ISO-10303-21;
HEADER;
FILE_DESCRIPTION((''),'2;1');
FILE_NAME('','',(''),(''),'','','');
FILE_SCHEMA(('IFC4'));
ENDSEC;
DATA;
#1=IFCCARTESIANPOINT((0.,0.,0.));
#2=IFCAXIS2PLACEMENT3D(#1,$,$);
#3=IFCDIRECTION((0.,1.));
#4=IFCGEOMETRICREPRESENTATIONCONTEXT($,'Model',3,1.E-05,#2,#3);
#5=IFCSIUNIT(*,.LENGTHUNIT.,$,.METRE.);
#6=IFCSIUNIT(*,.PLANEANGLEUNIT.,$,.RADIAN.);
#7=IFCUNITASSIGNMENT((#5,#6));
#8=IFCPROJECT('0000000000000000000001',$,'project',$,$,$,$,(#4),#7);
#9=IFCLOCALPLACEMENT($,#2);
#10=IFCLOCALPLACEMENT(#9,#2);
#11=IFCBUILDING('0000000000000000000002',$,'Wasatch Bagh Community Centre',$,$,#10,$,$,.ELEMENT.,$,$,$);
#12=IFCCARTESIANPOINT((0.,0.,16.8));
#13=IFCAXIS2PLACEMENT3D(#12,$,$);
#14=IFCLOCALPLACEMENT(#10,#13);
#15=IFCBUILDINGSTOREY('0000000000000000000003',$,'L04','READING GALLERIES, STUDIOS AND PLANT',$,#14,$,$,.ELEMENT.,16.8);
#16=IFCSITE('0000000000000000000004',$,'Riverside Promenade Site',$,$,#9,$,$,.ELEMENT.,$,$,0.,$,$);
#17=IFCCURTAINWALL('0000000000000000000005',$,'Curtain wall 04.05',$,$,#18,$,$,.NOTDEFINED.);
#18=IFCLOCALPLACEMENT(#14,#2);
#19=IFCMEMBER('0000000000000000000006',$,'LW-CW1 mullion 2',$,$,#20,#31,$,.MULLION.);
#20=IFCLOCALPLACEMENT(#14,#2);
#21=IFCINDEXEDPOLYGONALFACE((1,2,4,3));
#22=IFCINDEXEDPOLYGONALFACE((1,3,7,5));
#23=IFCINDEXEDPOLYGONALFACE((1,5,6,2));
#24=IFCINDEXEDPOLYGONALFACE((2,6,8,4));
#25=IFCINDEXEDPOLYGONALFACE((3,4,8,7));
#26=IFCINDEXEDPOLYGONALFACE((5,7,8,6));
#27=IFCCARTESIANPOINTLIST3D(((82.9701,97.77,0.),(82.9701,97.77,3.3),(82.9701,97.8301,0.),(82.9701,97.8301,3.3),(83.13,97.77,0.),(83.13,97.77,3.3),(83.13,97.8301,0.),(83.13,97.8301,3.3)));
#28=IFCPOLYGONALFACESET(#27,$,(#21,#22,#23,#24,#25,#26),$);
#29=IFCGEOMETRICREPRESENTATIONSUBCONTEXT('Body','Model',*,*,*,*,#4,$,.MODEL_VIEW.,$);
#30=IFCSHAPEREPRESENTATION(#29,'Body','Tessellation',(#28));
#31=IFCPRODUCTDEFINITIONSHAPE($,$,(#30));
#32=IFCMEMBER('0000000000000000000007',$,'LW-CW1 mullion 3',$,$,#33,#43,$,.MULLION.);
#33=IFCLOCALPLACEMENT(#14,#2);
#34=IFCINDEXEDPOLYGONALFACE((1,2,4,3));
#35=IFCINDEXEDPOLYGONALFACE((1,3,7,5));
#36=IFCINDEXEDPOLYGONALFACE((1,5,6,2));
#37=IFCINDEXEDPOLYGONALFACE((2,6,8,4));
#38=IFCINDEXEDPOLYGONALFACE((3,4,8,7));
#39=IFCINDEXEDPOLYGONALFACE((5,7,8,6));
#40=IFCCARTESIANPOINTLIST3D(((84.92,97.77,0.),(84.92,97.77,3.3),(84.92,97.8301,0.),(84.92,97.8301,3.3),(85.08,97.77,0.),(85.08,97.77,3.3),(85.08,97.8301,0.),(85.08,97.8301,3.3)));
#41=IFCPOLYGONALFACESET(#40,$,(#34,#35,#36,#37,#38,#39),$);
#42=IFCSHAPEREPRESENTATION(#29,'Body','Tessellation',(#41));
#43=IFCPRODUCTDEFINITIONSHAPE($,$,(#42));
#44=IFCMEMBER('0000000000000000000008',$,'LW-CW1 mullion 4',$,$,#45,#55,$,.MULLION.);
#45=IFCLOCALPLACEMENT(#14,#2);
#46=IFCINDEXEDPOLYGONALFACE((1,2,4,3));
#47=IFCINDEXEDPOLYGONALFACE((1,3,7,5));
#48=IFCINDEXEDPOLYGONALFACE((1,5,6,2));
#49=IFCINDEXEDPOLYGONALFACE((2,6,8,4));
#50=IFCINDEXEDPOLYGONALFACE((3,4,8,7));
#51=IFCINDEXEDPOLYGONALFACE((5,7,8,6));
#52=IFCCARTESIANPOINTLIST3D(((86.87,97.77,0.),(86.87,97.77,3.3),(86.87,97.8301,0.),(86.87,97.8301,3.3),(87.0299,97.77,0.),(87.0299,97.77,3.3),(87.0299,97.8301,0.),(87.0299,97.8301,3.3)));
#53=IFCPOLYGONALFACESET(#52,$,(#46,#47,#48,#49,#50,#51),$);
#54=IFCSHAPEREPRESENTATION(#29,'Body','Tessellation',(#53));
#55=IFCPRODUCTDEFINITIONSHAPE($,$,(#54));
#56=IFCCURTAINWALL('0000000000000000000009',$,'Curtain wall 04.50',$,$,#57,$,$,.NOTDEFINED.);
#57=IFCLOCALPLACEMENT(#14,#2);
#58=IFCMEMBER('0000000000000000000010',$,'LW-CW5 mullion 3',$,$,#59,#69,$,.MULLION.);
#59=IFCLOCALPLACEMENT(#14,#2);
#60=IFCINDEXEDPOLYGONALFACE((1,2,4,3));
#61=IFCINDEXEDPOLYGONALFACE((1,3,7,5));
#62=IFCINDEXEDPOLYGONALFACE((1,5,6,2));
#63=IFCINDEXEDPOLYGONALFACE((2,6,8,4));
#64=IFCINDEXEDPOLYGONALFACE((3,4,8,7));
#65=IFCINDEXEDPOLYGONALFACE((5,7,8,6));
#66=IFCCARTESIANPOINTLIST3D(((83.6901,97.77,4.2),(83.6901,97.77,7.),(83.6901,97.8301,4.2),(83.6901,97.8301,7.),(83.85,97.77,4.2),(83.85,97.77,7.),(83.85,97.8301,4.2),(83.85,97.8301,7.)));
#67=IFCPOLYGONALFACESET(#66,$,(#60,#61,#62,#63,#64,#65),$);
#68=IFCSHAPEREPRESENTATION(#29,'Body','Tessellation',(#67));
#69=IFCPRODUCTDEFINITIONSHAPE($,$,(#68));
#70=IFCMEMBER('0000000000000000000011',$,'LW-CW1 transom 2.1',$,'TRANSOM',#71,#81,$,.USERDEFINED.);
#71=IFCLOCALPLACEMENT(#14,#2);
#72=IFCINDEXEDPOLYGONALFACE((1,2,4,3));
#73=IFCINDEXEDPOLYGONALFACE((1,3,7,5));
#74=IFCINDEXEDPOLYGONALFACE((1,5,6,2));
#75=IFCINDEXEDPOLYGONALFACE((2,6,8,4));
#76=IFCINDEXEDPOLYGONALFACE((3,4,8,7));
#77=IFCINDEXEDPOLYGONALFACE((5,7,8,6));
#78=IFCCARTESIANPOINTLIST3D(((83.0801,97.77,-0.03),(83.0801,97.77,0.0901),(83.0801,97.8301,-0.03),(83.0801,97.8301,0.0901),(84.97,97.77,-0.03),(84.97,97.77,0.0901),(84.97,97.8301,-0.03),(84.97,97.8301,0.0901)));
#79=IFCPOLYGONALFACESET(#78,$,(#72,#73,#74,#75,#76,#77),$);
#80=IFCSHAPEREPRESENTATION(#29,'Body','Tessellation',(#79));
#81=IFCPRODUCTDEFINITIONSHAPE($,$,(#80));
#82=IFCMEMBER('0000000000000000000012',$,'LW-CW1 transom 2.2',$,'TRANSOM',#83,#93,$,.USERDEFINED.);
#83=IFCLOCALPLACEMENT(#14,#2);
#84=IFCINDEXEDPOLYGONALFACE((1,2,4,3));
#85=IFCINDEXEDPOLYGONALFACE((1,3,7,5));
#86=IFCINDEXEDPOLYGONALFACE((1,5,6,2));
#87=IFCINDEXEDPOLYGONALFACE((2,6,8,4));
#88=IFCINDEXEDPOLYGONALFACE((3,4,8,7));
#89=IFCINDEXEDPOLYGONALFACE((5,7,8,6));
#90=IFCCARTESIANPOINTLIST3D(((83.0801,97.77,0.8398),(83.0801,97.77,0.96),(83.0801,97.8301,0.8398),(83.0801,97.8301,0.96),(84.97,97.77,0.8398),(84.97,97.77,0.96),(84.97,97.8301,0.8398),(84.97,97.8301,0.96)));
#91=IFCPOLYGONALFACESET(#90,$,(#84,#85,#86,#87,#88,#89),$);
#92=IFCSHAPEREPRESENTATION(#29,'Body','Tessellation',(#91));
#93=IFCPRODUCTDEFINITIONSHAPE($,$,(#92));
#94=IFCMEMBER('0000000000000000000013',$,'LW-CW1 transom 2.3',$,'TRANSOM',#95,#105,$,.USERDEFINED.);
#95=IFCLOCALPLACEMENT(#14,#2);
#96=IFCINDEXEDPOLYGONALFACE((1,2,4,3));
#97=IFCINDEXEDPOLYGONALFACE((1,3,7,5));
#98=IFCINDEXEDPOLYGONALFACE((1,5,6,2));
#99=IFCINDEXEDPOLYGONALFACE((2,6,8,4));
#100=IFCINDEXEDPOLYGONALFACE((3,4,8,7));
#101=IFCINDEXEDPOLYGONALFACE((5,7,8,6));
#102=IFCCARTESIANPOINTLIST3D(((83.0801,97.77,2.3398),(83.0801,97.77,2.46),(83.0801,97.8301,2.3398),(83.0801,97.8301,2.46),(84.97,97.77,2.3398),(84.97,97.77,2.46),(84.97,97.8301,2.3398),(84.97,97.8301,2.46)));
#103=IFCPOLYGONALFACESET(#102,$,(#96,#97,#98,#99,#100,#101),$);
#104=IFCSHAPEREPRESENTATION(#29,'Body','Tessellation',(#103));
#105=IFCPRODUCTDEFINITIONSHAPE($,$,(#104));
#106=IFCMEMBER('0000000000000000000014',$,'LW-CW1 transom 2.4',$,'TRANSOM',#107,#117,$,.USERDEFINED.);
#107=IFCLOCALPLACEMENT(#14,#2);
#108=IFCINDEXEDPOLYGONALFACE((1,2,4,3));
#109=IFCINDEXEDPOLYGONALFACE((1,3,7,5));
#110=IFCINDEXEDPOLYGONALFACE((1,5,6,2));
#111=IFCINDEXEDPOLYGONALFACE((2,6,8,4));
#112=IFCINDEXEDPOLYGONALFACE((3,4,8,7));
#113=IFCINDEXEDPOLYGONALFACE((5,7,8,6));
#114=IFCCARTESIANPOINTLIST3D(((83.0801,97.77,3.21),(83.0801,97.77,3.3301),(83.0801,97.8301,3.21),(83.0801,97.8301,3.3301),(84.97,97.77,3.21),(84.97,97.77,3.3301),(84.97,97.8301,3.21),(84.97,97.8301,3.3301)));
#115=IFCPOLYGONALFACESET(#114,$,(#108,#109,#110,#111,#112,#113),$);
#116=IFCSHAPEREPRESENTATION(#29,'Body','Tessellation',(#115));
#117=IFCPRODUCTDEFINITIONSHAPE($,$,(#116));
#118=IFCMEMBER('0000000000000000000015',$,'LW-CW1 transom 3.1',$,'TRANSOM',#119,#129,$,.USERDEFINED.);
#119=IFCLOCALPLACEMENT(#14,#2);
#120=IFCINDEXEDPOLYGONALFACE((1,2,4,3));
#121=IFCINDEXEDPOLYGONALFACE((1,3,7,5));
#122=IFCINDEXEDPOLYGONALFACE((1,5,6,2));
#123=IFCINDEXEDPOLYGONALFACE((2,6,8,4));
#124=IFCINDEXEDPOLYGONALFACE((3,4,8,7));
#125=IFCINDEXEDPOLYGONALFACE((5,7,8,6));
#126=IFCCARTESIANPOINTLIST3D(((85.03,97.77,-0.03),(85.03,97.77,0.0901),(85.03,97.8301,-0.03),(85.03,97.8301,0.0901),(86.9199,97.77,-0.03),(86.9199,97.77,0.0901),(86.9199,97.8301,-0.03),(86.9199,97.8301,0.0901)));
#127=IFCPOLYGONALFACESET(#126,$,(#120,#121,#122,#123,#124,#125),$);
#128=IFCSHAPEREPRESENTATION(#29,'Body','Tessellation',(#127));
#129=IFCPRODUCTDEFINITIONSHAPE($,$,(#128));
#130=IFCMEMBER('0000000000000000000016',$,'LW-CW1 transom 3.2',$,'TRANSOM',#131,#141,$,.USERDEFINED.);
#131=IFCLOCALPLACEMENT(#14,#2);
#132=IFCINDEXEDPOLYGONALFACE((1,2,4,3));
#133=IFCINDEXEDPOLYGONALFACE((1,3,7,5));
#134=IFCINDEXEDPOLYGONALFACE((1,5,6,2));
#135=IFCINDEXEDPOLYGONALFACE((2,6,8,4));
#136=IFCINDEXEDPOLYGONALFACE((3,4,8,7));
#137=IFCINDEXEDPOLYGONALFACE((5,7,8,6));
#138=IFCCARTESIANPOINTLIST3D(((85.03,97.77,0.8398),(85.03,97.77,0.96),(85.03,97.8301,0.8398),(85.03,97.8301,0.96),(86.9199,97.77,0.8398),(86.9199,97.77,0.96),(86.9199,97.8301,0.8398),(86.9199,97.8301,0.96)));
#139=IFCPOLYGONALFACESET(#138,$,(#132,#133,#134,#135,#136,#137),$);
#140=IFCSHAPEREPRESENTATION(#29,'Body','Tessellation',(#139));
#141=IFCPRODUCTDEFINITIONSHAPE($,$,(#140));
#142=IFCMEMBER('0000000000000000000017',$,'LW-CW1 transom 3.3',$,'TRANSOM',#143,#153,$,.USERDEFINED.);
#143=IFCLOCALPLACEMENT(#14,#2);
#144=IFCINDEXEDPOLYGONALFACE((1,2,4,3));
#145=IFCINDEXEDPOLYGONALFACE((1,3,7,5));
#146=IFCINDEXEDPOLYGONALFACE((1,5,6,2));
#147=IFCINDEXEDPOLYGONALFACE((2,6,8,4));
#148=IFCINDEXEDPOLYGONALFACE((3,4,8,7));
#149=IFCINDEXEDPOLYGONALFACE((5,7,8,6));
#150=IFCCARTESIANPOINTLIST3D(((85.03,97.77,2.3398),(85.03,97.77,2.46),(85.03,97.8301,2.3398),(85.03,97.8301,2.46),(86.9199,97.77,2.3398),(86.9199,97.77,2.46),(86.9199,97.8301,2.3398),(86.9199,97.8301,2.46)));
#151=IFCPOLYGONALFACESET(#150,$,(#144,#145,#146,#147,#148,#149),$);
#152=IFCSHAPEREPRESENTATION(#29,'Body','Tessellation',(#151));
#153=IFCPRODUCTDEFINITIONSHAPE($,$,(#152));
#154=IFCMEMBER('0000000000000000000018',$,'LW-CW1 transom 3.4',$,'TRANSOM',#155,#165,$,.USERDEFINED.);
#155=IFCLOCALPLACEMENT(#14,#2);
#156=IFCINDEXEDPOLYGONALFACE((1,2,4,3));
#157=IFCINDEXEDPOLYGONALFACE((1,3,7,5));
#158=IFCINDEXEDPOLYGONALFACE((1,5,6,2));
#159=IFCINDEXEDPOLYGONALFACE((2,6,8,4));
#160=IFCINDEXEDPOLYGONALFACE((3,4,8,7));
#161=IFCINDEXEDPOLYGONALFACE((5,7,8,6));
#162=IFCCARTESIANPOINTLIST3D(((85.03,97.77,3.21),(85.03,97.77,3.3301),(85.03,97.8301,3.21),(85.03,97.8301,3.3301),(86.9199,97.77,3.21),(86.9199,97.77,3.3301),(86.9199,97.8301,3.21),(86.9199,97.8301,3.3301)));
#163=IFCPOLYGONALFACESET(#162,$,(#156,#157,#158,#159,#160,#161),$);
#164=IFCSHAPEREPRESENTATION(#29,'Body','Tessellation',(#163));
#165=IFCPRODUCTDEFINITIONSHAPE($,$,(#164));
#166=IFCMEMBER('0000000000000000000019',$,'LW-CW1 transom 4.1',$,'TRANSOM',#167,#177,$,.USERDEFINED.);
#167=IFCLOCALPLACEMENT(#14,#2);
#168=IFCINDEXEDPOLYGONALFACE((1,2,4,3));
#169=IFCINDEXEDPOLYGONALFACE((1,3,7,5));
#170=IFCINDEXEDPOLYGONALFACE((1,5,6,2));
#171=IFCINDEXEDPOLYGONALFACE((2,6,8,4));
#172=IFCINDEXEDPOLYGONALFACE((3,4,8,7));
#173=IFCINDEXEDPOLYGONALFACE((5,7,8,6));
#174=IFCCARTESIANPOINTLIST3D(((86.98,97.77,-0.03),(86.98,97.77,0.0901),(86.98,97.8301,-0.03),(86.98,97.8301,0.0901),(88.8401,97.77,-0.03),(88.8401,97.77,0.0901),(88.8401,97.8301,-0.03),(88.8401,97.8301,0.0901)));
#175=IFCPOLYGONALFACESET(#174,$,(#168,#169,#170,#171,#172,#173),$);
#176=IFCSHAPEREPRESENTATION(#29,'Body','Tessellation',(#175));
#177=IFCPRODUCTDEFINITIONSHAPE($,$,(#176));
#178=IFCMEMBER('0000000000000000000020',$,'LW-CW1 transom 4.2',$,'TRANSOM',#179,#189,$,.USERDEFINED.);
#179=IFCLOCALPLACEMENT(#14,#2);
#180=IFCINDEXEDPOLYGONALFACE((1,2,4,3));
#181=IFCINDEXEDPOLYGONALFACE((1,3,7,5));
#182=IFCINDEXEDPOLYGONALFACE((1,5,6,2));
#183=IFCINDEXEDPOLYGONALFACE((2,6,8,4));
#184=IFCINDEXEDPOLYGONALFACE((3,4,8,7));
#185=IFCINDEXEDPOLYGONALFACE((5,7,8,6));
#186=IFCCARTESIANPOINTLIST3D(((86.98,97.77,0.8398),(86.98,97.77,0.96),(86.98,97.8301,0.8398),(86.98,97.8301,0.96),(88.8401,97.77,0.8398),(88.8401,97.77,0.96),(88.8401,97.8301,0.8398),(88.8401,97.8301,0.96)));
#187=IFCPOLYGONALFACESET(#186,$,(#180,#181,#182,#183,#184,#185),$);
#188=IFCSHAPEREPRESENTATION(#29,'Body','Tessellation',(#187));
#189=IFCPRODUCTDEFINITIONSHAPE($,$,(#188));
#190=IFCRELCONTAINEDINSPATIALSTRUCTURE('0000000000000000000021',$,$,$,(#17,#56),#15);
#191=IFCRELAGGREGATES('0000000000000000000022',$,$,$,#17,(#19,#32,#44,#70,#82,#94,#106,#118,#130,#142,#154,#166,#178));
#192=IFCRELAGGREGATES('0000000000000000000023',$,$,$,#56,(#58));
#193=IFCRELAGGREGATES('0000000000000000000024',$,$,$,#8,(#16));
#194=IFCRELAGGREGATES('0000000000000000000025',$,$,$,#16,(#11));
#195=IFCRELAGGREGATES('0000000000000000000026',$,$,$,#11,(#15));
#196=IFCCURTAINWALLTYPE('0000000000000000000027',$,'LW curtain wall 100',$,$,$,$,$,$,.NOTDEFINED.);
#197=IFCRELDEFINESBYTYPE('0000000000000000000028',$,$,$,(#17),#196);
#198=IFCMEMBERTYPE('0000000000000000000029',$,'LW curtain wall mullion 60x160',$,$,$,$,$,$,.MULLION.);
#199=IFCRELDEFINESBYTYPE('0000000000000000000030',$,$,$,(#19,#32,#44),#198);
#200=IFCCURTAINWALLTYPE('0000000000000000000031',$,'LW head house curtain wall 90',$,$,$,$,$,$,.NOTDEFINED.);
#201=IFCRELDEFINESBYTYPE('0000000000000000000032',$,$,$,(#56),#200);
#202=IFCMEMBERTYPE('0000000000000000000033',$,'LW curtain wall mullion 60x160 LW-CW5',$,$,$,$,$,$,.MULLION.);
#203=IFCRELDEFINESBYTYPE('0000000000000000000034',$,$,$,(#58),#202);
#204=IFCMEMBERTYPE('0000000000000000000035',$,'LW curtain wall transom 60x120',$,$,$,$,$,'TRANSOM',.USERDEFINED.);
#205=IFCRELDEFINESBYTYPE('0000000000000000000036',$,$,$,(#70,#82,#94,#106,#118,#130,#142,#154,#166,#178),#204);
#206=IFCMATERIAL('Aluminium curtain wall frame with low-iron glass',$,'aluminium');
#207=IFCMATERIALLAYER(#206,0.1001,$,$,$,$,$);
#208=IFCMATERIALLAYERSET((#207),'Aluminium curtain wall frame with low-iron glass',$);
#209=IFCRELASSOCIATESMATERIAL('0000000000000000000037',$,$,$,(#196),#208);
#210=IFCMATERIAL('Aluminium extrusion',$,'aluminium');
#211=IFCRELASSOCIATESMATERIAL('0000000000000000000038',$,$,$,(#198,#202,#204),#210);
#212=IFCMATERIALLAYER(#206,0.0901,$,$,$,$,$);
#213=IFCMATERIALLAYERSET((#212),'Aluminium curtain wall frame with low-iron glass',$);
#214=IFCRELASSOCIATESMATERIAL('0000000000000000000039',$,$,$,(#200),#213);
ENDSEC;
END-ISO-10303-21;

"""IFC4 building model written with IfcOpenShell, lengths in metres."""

from ifc_helpers import new_model, si_unit, direction, frame, origin, origin_2d, place, context, subcontext, project, spatial, rectangle, extrude, material, layer, layer_set, material_profile, profile_set, type_object, element, aggregate, save


model = new_model("IFC4")

# Units and contexts
model_context = context("Model", 3, precision=1e-05, world=origin(), true_north=direction((0.0, 1.0)))
body_context = subcontext(model_context, "Body", "Model", "MODEL_VIEW")
ifc_project = project(units=[si_unit("LENGTHUNIT", "METRE"), si_unit("PLANEANGLEUNIT", "RADIAN")], contexts=[model_context])

# Site, building, storey
site_placement = place(None, origin())
site = spatial("IfcSite", under=ifc_project, at=site_placement, Name="Riverside Promenade Site", CompositionType="ELEMENT", RefElevation=0.0)
building_placement = place(site_placement, origin())
building = spatial("IfcBuilding", under=site, at=building_placement, Name="Wasatch Bagh Community Centre", CompositionType="ELEMENT")
storey_placement = place(building_placement, frame((0.0, 0.0, 16.8)))
storey = spatial("IfcBuildingStorey", under=building, at=storey_placement, Name="L04", Description="READING GALLERIES, STUDIOS AND PLANT", CompositionType="ELEMENT", Elevation=16.8)

# Curtain wall, members
ifc_material_1 = material(Name="Aluminium curtain wall frame with low-iron glass", Category="aluminium")
ifc_layer_1 = layer(ifc_material_1, 0.1001)
ifc_layer_set_1 = layer_set([ifc_layer_1], Name="Aluminium curtain wall frame with low-iron glass")
curtain_wall_type_1 = type_object("IfcCurtainWallType", Name="LW curtain wall 100", PredefinedType="NOTDEFINED", material=ifc_layer_set_1)
curtain_wall_1_placement = place(storey_placement, origin())
curtain_wall_1 = element("IfcCurtainWall", 1, at=curtain_wall_1_placement, inside=storey, type_object=curtain_wall_type_1, Name="Curtain wall 04.05", PredefinedType="NOTDEFINED")
ifc_material_2 = material(Name="Aluminium extrusion", Category="aluminium")
ifc_material_profile_1 = material_profile(ifc_material_2, rectangle(XDim=0.0601, YDim=0.1599, at=origin_2d()), Name="AL 60x160")
ifc_profile_set_1 = profile_set([ifc_material_profile_1], Name="Aluminium extrusion")
member_type_1 = type_object("IfcMemberType", Name="LW curtain wall mullion 60x160", PredefinedType="MULLION", material=ifc_profile_set_1)
member_1_placement = place(storey_placement, frame((83.05, 97.8, 0.0), z_axis=(0.0, 0.0, 1.0), x_axis=(0.0, 1.0, 0.0)))
member_1 = element("IfcMember", 2, at=member_1_placement, type_object=member_type_1, Name="LW-CW1 mullion 2", PredefinedType="MULLION", context=body_context, shape_type="SweptSolid", body=[
    extrude(rectangle(XDim=0.0601, YDim=0.1599, at=origin_2d()), origin(), (0.0, 0.0, 1.0), 3.3),
])
member_2_placement = place(storey_placement, frame((85.0, 97.8, 0.0), z_axis=(0.0, 0.0, 1.0), x_axis=(0.0, 1.0, 0.0)))
member_2 = element("IfcMember", 3, at=member_2_placement, type_object=member_type_1, Name="LW-CW1 mullion 3", PredefinedType="MULLION", context=body_context, shape_type="SweptSolid", body=[
    extrude(rectangle(XDim=0.0601, YDim=0.1599, at=origin_2d()), origin(), (0.0, 0.0, 1.0), 3.3),
])
member_3_placement = place(storey_placement, frame((86.95, 97.8, 0.0), z_axis=(0.0, 0.0, 1.0), x_axis=(0.0, 1.0, 0.0)))
member_3 = element("IfcMember", 4, at=member_3_placement, type_object=member_type_1, Name="LW-CW1 mullion 4", PredefinedType="MULLION", context=body_context, shape_type="SweptSolid", body=[
    extrude(rectangle(XDim=0.0601, YDim=0.1599, at=origin_2d()), origin(), (0.0, 0.0, 1.0), 3.3),
])

# Curtain wall, member
ifc_layer_2 = layer(ifc_material_1, 0.0901)
ifc_layer_set_2 = layer_set([ifc_layer_2], Name="Aluminium curtain wall frame with low-iron glass")
curtain_wall_type_2 = type_object("IfcCurtainWallType", Name="LW head house curtain wall 90", PredefinedType="NOTDEFINED", material=ifc_layer_set_2)
curtain_wall_2_placement = place(storey_placement, origin())
curtain_wall_2 = element("IfcCurtainWall", 5, at=curtain_wall_2_placement, inside=storey, type_object=curtain_wall_type_2, Name="Curtain wall 04.50", PredefinedType="NOTDEFINED")
ifc_material_profile_2 = material_profile(ifc_material_2, rectangle(XDim=0.0601, YDim=0.1599, at=origin_2d()), Name="AL 60x160")
ifc_profile_set_2 = profile_set([ifc_material_profile_2], Name="Aluminium extrusion")
member_type_2 = type_object("IfcMemberType", Name="LW curtain wall mullion 60x160 LW-CW5", PredefinedType="MULLION", material=ifc_profile_set_2)
member_4_placement = place(storey_placement, frame((83.77, 97.8, 4.2), z_axis=(0.0, 0.0, 1.0), x_axis=(0.0, 1.0, 0.0)))
member_4 = element("IfcMember", 6, at=member_4_placement, type_object=member_type_2, Name="LW-CW5 mullion 3", PredefinedType="MULLION", context=body_context, shape_type="SweptSolid", body=[
    extrude(rectangle(XDim=0.0601, YDim=0.1599, at=origin_2d()), origin(), (0.0, 0.0, 1.0), 2.8),
])

# Members
ifc_material_profile_3 = material_profile(ifc_material_2, rectangle(XDim=0.0601, YDim=0.1201, at=origin_2d()), Name="AL 60x120")
ifc_profile_set_3 = profile_set([ifc_material_profile_3], Name="Aluminium extrusion")
member_type_3 = type_object("IfcMemberType", Name="LW curtain wall transom 60x120", ElementType="TRANSOM", PredefinedType="USERDEFINED", material=ifc_profile_set_3)
member_5_placement = place(storey_placement, frame((83.0801, 97.8, 0.03), z_axis=(1.0, 0.0, 0.0), x_axis=(0.0, 1.0, 0.0)))
member_5 = element("IfcMember", 7, at=member_5_placement, type_object=member_type_3, Name="LW-CW1 transom 2.1", ObjectType="TRANSOM", PredefinedType="USERDEFINED", context=body_context, shape_type="SweptSolid", body=[
    extrude(rectangle(XDim=0.0601, YDim=0.1201, at=origin_2d()), origin(), (0.0, 0.0, 1.0), 1.8899),
])
member_6_placement = place(storey_placement, frame((83.0801, 97.8, 0.8999), z_axis=(1.0, 0.0, 0.0), x_axis=(0.0, 1.0, 0.0)))
member_6 = element("IfcMember", 8, at=member_6_placement, type_object=member_type_3, Name="LW-CW1 transom 2.2", ObjectType="TRANSOM", PredefinedType="USERDEFINED", context=body_context, shape_type="SweptSolid", body=[
    extrude(rectangle(XDim=0.0601, YDim=0.1201, at=origin_2d()), origin(), (0.0, 0.0, 1.0), 1.8899),
])
member_7_placement = place(storey_placement, frame((83.0801, 97.8, 2.3999), z_axis=(1.0, 0.0, 0.0), x_axis=(0.0, 1.0, 0.0)))
member_7 = element("IfcMember", 9, at=member_7_placement, type_object=member_type_3, Name="LW-CW1 transom 2.3", ObjectType="TRANSOM", PredefinedType="USERDEFINED", context=body_context, shape_type="SweptSolid", body=[
    extrude(rectangle(XDim=0.0601, YDim=0.1201, at=origin_2d()), origin(), (0.0, 0.0, 1.0), 1.8899),
])
member_8_placement = place(storey_placement, frame((83.0801, 97.8, 3.27), z_axis=(1.0, 0.0, 0.0), x_axis=(0.0, 1.0, 0.0)))
member_8 = element("IfcMember", 10, at=member_8_placement, type_object=member_type_3, Name="LW-CW1 transom 2.4", ObjectType="TRANSOM", PredefinedType="USERDEFINED", context=body_context, shape_type="SweptSolid", body=[
    extrude(rectangle(XDim=0.0601, YDim=0.1201, at=origin_2d()), origin(), (0.0, 0.0, 1.0), 1.8899),
])
member_9_placement = place(storey_placement, frame((85.03, 97.8, 0.03), z_axis=(1.0, 0.0, 0.0), x_axis=(0.0, 1.0, 0.0)))
member_9 = element("IfcMember", 11, at=member_9_placement, type_object=member_type_3, Name="LW-CW1 transom 3.1", ObjectType="TRANSOM", PredefinedType="USERDEFINED", context=body_context, shape_type="SweptSolid", body=[
    extrude(rectangle(XDim=0.0601, YDim=0.1201, at=origin_2d()), origin(), (0.0, 0.0, 1.0), 1.8899),
])
member_10_placement = place(storey_placement, frame((85.03, 97.8, 0.8999), z_axis=(1.0, 0.0, 0.0), x_axis=(0.0, 1.0, 0.0)))
member_10 = element("IfcMember", 12, at=member_10_placement, type_object=member_type_3, Name="LW-CW1 transom 3.2", ObjectType="TRANSOM", PredefinedType="USERDEFINED", context=body_context, shape_type="SweptSolid", body=[
    extrude(rectangle(XDim=0.0601, YDim=0.1201, at=origin_2d()), origin(), (0.0, 0.0, 1.0), 1.8899),
])
member_11_placement = place(storey_placement, frame((85.03, 97.8, 2.3999), z_axis=(1.0, 0.0, 0.0), x_axis=(0.0, 1.0, 0.0)))
member_11 = element("IfcMember", 13, at=member_11_placement, type_object=member_type_3, Name="LW-CW1 transom 3.3", ObjectType="TRANSOM", PredefinedType="USERDEFINED", context=body_context, shape_type="SweptSolid", body=[
    extrude(rectangle(XDim=0.0601, YDim=0.1201, at=origin_2d()), origin(), (0.0, 0.0, 1.0), 1.8899),
])
member_12_placement = place(storey_placement, frame((85.03, 97.8, 3.27), z_axis=(1.0, 0.0, 0.0), x_axis=(0.0, 1.0, 0.0)))
member_12 = element("IfcMember", 14, at=member_12_placement, type_object=member_type_3, Name="LW-CW1 transom 3.4", ObjectType="TRANSOM", PredefinedType="USERDEFINED", context=body_context, shape_type="SweptSolid", body=[
    extrude(rectangle(XDim=0.0601, YDim=0.1201, at=origin_2d()), origin(), (0.0, 0.0, 1.0), 1.8899),
])
member_13_placement = place(storey_placement, frame((86.98, 97.8, 0.03), z_axis=(1.0, 0.0, 0.0), x_axis=(0.0, 1.0, 0.0)))
member_13 = element("IfcMember", 15, at=member_13_placement, type_object=member_type_3, Name="LW-CW1 transom 4.1", ObjectType="TRANSOM", PredefinedType="USERDEFINED", context=body_context, shape_type="SweptSolid", body=[
    extrude(rectangle(XDim=0.0601, YDim=0.1201, at=origin_2d()), origin(), (0.0, 0.0, 1.0), 1.8601),
])
member_14_placement = place(storey_placement, frame((86.98, 97.8, 0.8999), z_axis=(1.0, 0.0, 0.0), x_axis=(0.0, 1.0, 0.0)))
member_14 = element("IfcMember", 16, at=member_14_placement, type_object=member_type_3, Name="LW-CW1 transom 4.2", ObjectType="TRANSOM", PredefinedType="USERDEFINED", context=body_context, shape_type="SweptSolid", body=[
    extrude(rectangle(XDim=0.0601, YDim=0.1201, at=origin_2d()), origin(), (0.0, 0.0, 1.0), 1.8601),
])

aggregate(curtain_wall_1, [member_1, member_2, member_3, member_5, member_6, member_7, member_8, member_9, member_10, member_11, member_12, member_13, member_14])
aggregate(curtain_wall_2, [member_4])

save(model, "model.ifc")
